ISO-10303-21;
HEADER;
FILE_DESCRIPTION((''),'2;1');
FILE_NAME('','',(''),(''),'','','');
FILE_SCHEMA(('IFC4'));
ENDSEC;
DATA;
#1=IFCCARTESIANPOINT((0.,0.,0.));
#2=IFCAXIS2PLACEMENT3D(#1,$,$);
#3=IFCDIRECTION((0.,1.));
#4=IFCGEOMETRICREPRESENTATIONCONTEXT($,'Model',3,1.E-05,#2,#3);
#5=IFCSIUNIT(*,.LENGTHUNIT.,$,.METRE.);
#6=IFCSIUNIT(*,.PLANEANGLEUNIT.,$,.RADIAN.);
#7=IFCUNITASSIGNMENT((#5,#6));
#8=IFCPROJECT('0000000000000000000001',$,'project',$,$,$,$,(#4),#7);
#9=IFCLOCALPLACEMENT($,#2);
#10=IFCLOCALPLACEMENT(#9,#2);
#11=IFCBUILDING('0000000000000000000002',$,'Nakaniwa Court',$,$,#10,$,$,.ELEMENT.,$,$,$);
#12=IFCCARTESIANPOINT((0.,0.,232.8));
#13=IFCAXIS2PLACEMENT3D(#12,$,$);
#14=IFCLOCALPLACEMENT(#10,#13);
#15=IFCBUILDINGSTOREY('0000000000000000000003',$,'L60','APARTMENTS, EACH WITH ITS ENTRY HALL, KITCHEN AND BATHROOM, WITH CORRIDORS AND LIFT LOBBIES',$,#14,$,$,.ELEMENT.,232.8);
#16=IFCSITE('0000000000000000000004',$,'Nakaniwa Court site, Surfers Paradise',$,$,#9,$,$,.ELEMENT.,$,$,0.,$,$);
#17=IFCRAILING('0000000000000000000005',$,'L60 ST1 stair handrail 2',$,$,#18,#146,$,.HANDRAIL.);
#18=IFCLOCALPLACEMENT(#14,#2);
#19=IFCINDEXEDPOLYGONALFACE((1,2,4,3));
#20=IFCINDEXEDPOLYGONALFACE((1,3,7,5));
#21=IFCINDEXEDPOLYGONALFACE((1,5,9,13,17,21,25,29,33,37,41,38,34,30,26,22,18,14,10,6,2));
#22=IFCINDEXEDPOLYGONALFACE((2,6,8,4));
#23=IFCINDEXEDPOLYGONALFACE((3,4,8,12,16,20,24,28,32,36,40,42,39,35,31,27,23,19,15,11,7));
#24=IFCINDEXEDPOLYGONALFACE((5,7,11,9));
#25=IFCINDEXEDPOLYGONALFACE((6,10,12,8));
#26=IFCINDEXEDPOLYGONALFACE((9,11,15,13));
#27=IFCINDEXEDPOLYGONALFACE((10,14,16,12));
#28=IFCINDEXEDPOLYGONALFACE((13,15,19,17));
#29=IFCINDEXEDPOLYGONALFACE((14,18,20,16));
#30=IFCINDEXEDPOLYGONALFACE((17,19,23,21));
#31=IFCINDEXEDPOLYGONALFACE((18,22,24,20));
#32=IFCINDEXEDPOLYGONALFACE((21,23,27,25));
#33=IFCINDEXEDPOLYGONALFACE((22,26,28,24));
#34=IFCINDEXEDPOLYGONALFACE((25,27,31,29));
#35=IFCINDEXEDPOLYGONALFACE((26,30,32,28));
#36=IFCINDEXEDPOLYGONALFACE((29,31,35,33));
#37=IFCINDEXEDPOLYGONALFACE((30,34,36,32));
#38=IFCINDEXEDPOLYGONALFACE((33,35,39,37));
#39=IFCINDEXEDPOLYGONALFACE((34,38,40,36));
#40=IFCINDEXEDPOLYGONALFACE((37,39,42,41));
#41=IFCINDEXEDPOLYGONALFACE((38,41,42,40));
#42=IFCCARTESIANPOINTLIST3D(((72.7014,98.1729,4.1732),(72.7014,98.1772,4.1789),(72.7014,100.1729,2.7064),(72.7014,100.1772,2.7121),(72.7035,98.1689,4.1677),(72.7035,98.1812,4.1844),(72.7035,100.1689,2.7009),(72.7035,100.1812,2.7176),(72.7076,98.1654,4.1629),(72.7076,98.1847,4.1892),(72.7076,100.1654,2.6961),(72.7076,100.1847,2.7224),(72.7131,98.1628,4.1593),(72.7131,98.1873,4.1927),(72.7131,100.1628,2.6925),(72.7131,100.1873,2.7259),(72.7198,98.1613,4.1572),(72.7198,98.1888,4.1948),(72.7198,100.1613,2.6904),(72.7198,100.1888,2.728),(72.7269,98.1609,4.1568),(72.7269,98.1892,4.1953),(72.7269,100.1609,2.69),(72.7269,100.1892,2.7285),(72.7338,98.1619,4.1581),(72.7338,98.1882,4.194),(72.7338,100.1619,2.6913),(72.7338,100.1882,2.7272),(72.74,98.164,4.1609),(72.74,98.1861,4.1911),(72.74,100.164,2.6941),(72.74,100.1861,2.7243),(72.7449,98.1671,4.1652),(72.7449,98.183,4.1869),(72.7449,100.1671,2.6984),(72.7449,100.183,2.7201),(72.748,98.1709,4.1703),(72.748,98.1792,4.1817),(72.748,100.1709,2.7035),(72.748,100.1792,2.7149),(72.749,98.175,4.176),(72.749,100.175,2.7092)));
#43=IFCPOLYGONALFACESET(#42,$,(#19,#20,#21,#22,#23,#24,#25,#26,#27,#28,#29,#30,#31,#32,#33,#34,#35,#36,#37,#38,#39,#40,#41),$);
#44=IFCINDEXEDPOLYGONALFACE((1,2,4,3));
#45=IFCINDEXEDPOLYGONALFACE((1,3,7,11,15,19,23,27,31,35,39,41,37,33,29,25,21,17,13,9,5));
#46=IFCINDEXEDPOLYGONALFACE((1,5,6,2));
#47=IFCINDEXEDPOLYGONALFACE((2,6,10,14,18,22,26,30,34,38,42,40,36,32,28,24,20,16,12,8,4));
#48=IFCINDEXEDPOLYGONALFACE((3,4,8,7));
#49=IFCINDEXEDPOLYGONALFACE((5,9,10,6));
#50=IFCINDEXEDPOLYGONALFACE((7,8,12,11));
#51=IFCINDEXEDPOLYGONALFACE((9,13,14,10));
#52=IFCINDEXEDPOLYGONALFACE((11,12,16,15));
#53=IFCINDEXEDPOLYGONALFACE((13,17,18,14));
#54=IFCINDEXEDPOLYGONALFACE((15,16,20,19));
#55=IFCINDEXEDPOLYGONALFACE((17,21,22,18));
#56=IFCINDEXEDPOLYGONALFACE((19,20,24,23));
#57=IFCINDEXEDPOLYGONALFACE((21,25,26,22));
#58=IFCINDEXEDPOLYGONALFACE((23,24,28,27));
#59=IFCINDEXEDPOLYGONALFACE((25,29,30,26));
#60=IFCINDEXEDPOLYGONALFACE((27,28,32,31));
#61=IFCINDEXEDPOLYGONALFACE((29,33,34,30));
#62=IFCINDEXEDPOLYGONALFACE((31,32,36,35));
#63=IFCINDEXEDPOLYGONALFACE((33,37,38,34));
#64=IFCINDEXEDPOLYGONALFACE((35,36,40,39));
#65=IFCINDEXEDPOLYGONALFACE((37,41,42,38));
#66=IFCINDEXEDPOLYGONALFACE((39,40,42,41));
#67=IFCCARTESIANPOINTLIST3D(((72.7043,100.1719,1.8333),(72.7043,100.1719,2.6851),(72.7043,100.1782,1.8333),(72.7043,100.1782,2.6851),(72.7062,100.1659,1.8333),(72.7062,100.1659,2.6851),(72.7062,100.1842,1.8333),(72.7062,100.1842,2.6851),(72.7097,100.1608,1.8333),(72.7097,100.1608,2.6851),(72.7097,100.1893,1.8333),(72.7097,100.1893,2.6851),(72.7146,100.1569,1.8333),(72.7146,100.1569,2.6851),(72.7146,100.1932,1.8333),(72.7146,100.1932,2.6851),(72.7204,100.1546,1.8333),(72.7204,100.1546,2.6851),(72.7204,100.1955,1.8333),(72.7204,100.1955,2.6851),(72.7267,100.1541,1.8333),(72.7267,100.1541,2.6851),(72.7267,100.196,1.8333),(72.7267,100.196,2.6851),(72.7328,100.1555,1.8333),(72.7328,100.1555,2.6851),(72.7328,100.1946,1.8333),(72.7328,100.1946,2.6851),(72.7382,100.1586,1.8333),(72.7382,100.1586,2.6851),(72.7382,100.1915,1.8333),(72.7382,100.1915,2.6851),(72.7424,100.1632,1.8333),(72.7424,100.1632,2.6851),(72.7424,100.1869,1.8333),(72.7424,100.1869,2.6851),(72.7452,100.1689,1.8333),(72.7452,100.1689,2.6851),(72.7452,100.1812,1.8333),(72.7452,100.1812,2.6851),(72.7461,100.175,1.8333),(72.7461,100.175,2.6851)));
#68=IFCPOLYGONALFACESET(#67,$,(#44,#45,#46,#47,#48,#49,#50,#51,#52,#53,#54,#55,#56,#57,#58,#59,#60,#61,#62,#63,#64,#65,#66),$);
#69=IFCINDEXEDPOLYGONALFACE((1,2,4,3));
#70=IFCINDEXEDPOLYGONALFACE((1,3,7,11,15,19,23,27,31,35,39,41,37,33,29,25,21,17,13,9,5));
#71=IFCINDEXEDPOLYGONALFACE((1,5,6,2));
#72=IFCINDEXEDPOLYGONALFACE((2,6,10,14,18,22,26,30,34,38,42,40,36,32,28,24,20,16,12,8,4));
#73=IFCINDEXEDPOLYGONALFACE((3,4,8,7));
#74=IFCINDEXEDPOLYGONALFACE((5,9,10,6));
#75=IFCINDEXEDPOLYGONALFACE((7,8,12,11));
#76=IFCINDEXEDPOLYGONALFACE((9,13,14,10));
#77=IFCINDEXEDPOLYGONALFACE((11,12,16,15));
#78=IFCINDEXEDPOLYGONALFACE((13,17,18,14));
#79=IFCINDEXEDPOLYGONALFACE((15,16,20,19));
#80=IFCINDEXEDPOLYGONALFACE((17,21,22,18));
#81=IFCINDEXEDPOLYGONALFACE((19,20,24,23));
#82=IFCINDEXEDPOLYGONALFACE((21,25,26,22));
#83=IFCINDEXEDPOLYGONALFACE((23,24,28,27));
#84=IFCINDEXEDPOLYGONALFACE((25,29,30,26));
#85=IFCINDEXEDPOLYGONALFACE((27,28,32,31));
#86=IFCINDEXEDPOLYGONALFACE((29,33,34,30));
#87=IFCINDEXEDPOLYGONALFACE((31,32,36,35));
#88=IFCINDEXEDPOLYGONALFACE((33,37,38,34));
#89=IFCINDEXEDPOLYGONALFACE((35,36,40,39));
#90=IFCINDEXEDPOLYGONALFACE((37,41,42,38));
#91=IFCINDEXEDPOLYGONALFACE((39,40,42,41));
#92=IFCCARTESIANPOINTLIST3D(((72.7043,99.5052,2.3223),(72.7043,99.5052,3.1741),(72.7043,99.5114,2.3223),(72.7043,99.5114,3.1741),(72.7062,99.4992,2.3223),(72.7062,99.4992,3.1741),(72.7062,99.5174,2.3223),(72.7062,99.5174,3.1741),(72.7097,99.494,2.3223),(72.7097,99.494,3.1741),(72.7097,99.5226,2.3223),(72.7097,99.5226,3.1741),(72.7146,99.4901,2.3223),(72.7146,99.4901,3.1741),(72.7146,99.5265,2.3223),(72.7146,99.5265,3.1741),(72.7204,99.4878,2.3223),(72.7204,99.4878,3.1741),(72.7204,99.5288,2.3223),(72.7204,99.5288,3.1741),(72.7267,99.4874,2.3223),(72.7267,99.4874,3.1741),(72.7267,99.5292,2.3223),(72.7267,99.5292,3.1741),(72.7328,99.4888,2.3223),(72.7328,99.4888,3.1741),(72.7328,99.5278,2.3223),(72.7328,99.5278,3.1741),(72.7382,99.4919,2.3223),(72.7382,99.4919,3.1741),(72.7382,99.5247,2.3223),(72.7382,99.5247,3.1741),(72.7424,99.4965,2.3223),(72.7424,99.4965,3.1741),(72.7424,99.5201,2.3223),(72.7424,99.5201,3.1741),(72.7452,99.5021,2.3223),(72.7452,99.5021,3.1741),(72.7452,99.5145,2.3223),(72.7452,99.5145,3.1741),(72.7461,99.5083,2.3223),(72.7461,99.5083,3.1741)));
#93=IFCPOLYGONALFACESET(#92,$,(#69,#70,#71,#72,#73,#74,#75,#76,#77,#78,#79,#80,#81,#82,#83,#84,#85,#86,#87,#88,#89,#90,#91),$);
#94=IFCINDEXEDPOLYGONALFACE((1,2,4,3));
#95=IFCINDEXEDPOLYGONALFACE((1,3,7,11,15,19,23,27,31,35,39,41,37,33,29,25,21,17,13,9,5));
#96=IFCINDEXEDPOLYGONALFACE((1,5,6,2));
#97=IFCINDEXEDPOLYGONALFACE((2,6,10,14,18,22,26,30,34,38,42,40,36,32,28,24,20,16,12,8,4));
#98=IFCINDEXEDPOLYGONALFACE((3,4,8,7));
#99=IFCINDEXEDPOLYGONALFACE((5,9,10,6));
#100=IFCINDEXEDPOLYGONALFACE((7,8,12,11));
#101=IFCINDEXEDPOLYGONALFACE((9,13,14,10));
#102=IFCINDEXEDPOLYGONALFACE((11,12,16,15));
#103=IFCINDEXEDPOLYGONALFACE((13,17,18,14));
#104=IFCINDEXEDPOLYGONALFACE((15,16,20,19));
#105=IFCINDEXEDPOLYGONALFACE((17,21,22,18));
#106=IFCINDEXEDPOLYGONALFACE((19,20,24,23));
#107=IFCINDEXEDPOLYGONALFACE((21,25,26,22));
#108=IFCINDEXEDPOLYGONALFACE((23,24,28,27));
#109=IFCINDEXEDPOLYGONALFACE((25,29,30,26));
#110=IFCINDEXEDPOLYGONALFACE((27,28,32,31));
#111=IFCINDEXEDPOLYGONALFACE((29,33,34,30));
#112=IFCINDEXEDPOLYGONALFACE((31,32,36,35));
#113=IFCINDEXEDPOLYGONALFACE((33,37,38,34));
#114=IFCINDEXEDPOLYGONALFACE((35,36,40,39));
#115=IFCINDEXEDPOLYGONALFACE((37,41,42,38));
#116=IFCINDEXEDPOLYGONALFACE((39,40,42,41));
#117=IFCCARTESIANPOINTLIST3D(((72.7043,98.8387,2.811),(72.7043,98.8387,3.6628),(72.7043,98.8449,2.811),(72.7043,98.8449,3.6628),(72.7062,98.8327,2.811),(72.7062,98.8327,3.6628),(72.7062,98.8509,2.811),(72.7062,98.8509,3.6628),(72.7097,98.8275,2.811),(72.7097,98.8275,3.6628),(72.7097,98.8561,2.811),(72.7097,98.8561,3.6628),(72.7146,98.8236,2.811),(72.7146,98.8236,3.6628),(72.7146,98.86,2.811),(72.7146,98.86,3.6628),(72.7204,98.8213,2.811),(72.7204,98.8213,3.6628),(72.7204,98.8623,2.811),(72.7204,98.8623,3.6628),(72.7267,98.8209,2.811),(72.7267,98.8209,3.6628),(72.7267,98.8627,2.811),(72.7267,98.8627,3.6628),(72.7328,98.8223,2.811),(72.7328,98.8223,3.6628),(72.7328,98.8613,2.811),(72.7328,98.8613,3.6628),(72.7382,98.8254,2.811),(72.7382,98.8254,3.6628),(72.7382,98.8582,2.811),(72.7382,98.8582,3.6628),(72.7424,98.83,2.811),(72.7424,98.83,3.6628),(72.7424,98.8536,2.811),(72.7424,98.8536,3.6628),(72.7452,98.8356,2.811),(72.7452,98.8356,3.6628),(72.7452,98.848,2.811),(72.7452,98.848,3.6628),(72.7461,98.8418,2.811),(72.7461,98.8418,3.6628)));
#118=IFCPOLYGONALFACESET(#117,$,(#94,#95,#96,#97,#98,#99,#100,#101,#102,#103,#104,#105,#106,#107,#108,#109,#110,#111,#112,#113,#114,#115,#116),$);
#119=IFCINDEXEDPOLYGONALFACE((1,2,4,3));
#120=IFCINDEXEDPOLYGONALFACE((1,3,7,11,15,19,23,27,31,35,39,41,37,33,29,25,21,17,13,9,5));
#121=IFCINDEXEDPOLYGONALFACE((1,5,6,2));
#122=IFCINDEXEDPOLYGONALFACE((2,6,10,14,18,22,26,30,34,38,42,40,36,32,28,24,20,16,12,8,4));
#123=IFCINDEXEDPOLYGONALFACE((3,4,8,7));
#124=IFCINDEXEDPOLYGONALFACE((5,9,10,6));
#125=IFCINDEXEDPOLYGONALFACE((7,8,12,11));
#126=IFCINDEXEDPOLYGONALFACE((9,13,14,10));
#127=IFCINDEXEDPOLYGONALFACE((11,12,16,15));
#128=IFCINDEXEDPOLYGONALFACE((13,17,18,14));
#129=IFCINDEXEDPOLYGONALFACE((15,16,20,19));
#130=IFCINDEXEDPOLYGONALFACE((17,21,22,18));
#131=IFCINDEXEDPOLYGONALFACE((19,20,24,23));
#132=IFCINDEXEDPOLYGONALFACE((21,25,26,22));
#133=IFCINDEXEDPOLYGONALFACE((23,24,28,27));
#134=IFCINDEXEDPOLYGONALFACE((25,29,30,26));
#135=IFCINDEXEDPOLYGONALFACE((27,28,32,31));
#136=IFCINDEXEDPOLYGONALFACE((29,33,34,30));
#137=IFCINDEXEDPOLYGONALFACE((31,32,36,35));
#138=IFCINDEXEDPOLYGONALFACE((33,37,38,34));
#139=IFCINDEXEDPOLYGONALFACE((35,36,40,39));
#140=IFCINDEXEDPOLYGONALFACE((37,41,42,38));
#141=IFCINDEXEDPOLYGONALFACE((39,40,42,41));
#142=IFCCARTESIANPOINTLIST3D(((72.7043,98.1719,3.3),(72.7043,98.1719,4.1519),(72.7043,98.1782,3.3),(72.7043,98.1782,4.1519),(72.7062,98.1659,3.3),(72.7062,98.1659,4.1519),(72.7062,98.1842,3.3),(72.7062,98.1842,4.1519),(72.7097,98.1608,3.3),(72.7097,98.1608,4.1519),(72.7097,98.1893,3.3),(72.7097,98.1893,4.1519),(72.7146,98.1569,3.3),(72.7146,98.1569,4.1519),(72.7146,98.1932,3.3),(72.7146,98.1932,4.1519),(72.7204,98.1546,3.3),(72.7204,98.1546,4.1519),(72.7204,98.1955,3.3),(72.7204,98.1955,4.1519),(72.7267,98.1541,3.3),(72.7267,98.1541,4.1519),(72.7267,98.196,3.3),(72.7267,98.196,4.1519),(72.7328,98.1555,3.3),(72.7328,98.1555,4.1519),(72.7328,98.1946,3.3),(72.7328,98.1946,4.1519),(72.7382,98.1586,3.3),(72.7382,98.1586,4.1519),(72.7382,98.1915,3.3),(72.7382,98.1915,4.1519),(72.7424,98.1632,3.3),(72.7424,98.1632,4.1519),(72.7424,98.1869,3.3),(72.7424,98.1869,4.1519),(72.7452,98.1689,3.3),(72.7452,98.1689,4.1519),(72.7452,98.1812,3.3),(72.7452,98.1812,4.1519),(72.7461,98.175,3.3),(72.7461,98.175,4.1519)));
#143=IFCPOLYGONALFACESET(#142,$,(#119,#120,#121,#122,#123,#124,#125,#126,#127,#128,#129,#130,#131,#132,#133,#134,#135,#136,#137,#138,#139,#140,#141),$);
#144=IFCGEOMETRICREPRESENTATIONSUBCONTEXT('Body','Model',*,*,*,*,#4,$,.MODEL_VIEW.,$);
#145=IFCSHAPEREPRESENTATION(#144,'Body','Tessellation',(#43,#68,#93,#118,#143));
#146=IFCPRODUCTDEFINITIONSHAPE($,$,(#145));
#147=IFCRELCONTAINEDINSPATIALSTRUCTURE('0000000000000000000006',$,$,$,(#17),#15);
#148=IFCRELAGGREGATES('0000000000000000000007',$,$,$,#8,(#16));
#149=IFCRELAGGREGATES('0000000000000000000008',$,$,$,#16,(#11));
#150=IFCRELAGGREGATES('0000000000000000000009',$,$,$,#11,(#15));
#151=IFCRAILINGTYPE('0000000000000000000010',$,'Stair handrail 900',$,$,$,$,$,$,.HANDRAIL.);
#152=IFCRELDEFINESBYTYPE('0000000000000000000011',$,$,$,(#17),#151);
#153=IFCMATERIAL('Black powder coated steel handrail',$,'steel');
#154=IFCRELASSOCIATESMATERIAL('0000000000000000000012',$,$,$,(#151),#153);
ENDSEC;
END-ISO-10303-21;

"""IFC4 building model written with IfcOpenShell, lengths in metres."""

from ifc_helpers import new_model, si_unit, direction, frame, origin, origin_2d, place, context, subcontext, project, spatial, circle, extrude, material, type_object, element, save


model = new_model("IFC4")

# Units and contexts
model_context = context("Model", 3, precision=1e-05, world=origin(), true_north=direction((0.0, 1.0)))
body_context = subcontext(model_context, "Body", "Model", "MODEL_VIEW")
ifc_project = project(units=[si_unit("LENGTHUNIT", "METRE"), si_unit("PLANEANGLEUNIT", "RADIAN")], contexts=[model_context])

# Site, building, storey
site_placement = place(None, origin())
site = spatial("IfcSite", under=ifc_project, at=site_placement, Name="Nakaniwa Court site, Surfers Paradise", CompositionType="ELEMENT", RefElevation=0.0)
building_placement = place(site_placement, origin())
building = spatial("IfcBuilding", under=site, at=building_placement, Name="Nakaniwa Court", CompositionType="ELEMENT")
storey_placement = place(building_placement, frame((0.0, 0.0, 232.8)))
storey = spatial("IfcBuildingStorey", under=building, at=storey_placement, Name="L60", Description="APARTMENTS, EACH WITH ITS ENTRY HALL, KITCHEN AND BATHROOM, WITH CORRIDORS AND LIFT LOBBIES", CompositionType="ELEMENT", Elevation=232.8)

# Railing
ifc_material_1 = material(Name="Black powder coated steel handrail", Category="steel")
railing_type_1 = type_object("IfcRailingType", Name="Stair handrail 900", PredefinedType="HANDRAIL", material=ifc_material_1)
railing_1_placement = place(storey_placement, frame((72.7251, 100.175, 1.8333)))
element("IfcRailing", 1, at=railing_1_placement, inside=storey, type_object=railing_type_1, Name="L60 ST1 stair handrail 2", PredefinedType="HANDRAIL", context=body_context, shape_type="SweptSolid", body=[
    extrude(circle(Radius=0.0239, at=origin_2d()), frame((0.0, 0.0, 0.876), z_axis=(0.0, -0.80638, 0.591398), x_axis=(1.0, 0.0, 0.0)), (0.0, 0.0, 1.0), 2.4802),
    extrude(circle(Radius=0.021, at=origin_2d()), origin(), (0.0, 0.0, 1.0), 0.8518),
    extrude(circle(Radius=0.021, at=origin_2d()), frame((0.0, -0.6667, 0.489)), (0.0, 0.0, 1.0), 0.8518),
    extrude(circle(Radius=0.021, at=origin_2d()), frame((0.0, -1.3333, 0.9778)), (0.0, 0.0, 1.0), 0.8518),
    extrude(circle(Radius=0.021, at=origin_2d()), frame((0.0, -2.0, 1.4668)), (0.0, 0.0, 1.0), 0.8518),
])

save(model, "model.ifc")
